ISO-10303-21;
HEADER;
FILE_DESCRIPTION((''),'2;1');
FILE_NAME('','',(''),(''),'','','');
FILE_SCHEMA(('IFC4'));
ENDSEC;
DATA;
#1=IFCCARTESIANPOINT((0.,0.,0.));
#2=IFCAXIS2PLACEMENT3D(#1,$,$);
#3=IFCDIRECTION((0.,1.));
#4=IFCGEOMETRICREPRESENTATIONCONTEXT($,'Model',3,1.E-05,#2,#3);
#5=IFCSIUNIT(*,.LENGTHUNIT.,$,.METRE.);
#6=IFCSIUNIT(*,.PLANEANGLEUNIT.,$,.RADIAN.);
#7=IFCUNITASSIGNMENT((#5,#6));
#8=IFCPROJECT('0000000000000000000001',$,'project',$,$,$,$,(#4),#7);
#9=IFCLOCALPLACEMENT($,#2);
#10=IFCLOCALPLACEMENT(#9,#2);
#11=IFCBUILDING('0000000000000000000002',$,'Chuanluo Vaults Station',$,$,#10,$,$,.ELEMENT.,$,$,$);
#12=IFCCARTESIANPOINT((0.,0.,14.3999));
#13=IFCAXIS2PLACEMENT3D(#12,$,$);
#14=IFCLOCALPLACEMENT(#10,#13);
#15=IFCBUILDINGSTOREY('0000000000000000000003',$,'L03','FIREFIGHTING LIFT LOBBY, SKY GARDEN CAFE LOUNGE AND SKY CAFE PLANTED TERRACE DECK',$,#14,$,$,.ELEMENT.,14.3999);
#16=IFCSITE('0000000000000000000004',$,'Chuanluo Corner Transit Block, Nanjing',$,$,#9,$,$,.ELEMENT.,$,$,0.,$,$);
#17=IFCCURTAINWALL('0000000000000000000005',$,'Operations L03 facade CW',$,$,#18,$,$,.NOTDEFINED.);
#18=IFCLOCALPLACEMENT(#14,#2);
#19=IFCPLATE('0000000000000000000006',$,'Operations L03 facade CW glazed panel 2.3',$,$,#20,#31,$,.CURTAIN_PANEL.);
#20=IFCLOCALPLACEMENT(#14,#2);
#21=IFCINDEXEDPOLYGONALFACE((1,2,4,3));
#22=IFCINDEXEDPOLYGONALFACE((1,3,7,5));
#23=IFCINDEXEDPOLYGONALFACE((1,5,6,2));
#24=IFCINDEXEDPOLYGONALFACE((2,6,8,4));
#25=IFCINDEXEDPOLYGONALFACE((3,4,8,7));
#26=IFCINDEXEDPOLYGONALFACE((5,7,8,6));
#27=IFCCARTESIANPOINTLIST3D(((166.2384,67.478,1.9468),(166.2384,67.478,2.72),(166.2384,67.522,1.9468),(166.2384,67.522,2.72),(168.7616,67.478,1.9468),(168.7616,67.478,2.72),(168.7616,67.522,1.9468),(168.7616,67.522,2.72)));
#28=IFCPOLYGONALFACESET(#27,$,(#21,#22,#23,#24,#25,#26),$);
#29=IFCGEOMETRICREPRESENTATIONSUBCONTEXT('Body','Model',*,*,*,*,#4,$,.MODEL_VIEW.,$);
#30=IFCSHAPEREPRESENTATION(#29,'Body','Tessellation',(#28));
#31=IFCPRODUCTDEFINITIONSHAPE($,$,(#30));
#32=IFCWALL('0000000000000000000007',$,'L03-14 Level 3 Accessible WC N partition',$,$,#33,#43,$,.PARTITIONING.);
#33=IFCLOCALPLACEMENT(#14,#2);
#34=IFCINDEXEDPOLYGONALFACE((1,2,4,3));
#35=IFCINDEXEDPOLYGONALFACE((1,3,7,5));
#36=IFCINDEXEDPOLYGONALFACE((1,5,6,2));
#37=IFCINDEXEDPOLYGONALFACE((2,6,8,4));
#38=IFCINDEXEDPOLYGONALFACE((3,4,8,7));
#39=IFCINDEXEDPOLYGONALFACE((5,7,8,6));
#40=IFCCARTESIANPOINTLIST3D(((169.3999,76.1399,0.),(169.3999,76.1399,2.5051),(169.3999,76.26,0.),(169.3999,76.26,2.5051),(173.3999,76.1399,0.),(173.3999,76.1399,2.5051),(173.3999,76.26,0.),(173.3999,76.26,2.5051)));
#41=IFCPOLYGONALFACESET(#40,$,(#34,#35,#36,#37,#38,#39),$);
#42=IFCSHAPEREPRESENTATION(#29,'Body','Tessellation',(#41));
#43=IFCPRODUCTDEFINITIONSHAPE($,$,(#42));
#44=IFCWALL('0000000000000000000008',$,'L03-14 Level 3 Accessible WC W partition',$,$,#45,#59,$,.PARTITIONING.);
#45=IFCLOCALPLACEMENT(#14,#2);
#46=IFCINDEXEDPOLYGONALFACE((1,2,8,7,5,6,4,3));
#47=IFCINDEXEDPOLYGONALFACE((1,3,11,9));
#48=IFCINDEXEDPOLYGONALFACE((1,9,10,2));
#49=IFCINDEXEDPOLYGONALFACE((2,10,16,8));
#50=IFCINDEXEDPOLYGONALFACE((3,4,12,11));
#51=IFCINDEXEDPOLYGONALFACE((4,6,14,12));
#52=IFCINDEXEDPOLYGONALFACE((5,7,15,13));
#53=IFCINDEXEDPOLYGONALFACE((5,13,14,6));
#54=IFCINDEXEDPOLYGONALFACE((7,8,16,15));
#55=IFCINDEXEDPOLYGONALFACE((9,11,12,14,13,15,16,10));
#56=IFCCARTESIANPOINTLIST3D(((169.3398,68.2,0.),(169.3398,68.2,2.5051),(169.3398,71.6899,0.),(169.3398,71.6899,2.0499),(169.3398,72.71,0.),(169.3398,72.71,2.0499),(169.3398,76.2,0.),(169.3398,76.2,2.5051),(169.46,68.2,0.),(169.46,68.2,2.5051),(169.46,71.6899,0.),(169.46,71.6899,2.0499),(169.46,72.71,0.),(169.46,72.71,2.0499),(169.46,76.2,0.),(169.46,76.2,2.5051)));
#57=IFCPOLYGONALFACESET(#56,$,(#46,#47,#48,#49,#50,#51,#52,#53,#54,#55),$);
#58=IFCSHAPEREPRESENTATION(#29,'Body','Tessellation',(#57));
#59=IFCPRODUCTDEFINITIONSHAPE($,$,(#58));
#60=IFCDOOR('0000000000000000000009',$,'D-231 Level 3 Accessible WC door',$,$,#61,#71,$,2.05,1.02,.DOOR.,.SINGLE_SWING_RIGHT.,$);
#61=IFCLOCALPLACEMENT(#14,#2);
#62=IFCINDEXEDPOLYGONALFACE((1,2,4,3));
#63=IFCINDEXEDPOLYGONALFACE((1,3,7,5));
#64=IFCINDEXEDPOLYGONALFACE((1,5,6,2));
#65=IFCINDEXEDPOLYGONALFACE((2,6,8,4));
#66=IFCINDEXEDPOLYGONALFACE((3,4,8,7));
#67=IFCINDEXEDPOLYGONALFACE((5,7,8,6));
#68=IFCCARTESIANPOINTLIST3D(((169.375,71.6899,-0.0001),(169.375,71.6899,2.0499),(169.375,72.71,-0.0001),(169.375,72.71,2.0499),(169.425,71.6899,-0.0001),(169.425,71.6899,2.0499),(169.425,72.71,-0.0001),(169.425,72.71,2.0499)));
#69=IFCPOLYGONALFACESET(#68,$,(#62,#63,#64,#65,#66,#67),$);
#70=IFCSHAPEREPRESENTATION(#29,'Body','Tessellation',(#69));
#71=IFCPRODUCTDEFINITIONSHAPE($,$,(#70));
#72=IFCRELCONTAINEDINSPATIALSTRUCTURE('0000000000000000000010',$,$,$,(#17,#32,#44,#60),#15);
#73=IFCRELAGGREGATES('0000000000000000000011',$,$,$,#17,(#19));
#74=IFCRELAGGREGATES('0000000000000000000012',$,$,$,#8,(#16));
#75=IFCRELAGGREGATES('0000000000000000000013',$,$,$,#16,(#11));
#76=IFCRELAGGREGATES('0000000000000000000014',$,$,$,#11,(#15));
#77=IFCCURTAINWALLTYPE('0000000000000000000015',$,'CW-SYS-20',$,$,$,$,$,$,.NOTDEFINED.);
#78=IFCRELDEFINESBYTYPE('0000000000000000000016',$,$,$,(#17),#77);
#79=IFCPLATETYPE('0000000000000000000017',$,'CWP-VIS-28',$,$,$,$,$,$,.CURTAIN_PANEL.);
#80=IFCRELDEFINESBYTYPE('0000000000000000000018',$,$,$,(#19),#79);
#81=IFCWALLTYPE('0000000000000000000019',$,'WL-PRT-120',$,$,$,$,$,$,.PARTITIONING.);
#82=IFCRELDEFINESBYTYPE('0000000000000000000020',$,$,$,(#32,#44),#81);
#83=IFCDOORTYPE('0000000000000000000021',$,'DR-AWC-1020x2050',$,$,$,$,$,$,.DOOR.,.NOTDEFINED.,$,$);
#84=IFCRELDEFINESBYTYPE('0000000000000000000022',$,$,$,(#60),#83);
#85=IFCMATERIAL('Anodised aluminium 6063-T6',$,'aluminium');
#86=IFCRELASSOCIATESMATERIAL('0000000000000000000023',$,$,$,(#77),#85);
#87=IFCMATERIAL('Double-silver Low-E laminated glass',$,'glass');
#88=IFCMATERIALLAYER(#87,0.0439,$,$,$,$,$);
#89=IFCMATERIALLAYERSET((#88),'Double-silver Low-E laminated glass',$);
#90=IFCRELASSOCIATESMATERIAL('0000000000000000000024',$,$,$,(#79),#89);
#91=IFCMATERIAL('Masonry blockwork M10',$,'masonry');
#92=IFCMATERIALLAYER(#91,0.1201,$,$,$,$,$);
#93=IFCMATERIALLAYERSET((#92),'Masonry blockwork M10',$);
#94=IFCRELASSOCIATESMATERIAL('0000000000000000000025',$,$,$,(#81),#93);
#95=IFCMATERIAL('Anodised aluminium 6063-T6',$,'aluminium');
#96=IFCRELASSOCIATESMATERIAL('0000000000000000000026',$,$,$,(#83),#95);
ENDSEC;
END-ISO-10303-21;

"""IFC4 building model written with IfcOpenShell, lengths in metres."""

from ifc_helpers import new_model, si_unit, direction, frame, frame_2d, origin, origin_2d, place, context, subcontext, project, spatial, rectangle, extrude, material, layer, layer_set, type_object, element, fill, aggregate, save


model = new_model("IFC4")

# Units and contexts
model_context = context("Model", 3, precision=1e-05, world=origin(), true_north=direction((0.0, 1.0)))
body_context = subcontext(model_context, "Body", "Model", "MODEL_VIEW")
ifc_project = project(units=[si_unit("LENGTHUNIT", "METRE"), si_unit("PLANEANGLEUNIT", "RADIAN")], contexts=[model_context])

# Site, building, storey
site_placement = place(None, origin())
site = spatial("IfcSite", under=ifc_project, at=site_placement, Name="Chuanluo Corner Transit Block, Nanjing", CompositionType="ELEMENT", RefElevation=0.0)
building_placement = place(site_placement, origin())
building = spatial("IfcBuilding", under=site, at=building_placement, Name="Chuanluo Vaults Station", CompositionType="ELEMENT")
storey_placement = place(building_placement, frame((0.0, 0.0, 14.3999)))
storey = spatial("IfcBuildingStorey", under=building, at=storey_placement, Name="L03", Description="FIREFIGHTING LIFT LOBBY, SKY GARDEN CAFE LOUNGE AND SKY CAFE PLANTED TERRACE DECK", CompositionType="ELEMENT", Elevation=14.3999)

# Curtain wall, plate
ifc_material_1 = material(Name="Anodised aluminium 6063-T6", Category="aluminium")
curtain_wall_type = type_object("IfcCurtainWallType", Name="CW-SYS-20", PredefinedType="NOTDEFINED", material=ifc_material_1)
curtain_wall_placement = place(storey_placement, origin())
curtain_wall = element("IfcCurtainWall", 1, at=curtain_wall_placement, inside=storey, type_object=curtain_wall_type, Name="Operations L03 facade CW", PredefinedType="NOTDEFINED")
ifc_material_2 = material(Name="Double-silver Low-E laminated glass", Category="glass")
ifc_layer_1 = layer(ifc_material_2, 0.0439)
ifc_layer_set_1 = layer_set([ifc_layer_1], Name="Double-silver Low-E laminated glass")
plate_type_1 = type_object("IfcPlateType", Name="CWP-VIS-28", PredefinedType="CURTAIN_PANEL", material=ifc_layer_set_1)
plate_1_placement = place(storey_placement, frame((167.5, 67.5, 1.9468), z_axis=(0.0, 0.0, 1.0), x_axis=(-1.0, 0.0, 0.0)))
plate_1 = element("IfcPlate", 2, at=plate_1_placement, type_object=plate_type_1, Name="Operations L03 facade CW glazed panel 2.3", PredefinedType="CURTAIN_PANEL", context=body_context, shape_type="SweptSolid", body=[
    extrude(rectangle(XDim=2.5232, YDim=0.0439, at=origin_2d()), origin(), (0.0, 0.0, 1.0), 0.7732),
])
aggregate(curtain_wall, [plate_1])

# Wall
ifc_material_3 = material(Name="Masonry blockwork M10", Category="masonry")
ifc_layer_2 = layer(ifc_material_3, 0.1201)
ifc_layer_set_2 = layer_set([ifc_layer_2], Name="Masonry blockwork M10")
wall_type = type_object("IfcWallType", Name="WL-PRT-120", PredefinedType="PARTITIONING", material=ifc_layer_set_2)
wall_1_placement = place(storey_placement, frame((169.3999, 76.2, 0.0), z_axis=(0.0, 0.0, 1.0), x_axis=(1.0, 0.0, 0.0)))
element("IfcWall", 3, at=wall_1_placement, inside=storey, type_object=wall_type, Name="L03-14 Level 3 Accessible WC N partition", PredefinedType="PARTITIONING", context=body_context, shape_type="SweptSolid", body=[
    extrude(rectangle(XDim=4.0, YDim=0.1201, at=frame_2d((2.0, 0.0))), origin(), (0.0, 0.0, 1.0), 2.5051),
])

# Wall, opening, door
wall_2_placement = place(storey_placement, frame((169.3999, 68.2, 0.0), z_axis=(0.0, 0.0, 1.0), x_axis=(0.0, 1.0, 0.0)))
wall_2 = element("IfcWall", 4, at=wall_2_placement, inside=storey, type_object=wall_type, Name="L03-14 Level 3 Accessible WC W partition", PredefinedType="PARTITIONING", context=body_context, shape_type="SweptSolid", body=[
    extrude(rectangle(XDim=8.0, YDim=0.1201, at=frame_2d((4.0, 0.0))), origin(), (0.0, 0.0, 1.0), 2.5051),
])
opening_placement = place(wall_2_placement, frame((3.49, 0.0, 0.0)))
opening = element("IfcOpeningElement", 5, at=opening_placement, cuts=wall_2, PredefinedType="OPENING", context=body_context, shape_type="SweptSolid", body=[
    extrude(rectangle(XDim=1.02, YDim=2.05, at=frame_2d((0.51, 1.0249))), frame((0.0, 0.0701, 0.0), z_axis=(0.0, -1.0, 0.0), x_axis=(1.0, 0.0, 0.0)), (0.0, 0.0, 1.0), 0.1401),
])
ifc_material_4 = material(Name="Anodised aluminium 6063-T6", Category="aluminium")
door_type = type_object("IfcDoorType", Name="DR-AWC-1020x2050", OperationType="NOTDEFINED", PredefinedType="DOOR", material=ifc_material_4)
door_placement = place(opening_placement, origin())
door = element("IfcDoor", 6, at=door_placement, inside=storey, type_object=door_type, Name="D-231 Level 3 Accessible WC door", OperationType="SINGLE_SWING_RIGHT", OverallHeight=2.05, OverallWidth=1.02, PredefinedType="DOOR", context=body_context, shape_type="SweptSolid", body=[
    extrude(rectangle(XDim=1.02, YDim=2.05, at=frame_2d((0.51, 1.0249))), frame((0.0, 0.0249, 0.0), z_axis=(0.0, -1.0, 0.0), x_axis=(1.0, 0.0, 0.0)), (0.0, 0.0, 1.0), 0.05),
])
fill(opening, door)

save(model, "model.ifc")
